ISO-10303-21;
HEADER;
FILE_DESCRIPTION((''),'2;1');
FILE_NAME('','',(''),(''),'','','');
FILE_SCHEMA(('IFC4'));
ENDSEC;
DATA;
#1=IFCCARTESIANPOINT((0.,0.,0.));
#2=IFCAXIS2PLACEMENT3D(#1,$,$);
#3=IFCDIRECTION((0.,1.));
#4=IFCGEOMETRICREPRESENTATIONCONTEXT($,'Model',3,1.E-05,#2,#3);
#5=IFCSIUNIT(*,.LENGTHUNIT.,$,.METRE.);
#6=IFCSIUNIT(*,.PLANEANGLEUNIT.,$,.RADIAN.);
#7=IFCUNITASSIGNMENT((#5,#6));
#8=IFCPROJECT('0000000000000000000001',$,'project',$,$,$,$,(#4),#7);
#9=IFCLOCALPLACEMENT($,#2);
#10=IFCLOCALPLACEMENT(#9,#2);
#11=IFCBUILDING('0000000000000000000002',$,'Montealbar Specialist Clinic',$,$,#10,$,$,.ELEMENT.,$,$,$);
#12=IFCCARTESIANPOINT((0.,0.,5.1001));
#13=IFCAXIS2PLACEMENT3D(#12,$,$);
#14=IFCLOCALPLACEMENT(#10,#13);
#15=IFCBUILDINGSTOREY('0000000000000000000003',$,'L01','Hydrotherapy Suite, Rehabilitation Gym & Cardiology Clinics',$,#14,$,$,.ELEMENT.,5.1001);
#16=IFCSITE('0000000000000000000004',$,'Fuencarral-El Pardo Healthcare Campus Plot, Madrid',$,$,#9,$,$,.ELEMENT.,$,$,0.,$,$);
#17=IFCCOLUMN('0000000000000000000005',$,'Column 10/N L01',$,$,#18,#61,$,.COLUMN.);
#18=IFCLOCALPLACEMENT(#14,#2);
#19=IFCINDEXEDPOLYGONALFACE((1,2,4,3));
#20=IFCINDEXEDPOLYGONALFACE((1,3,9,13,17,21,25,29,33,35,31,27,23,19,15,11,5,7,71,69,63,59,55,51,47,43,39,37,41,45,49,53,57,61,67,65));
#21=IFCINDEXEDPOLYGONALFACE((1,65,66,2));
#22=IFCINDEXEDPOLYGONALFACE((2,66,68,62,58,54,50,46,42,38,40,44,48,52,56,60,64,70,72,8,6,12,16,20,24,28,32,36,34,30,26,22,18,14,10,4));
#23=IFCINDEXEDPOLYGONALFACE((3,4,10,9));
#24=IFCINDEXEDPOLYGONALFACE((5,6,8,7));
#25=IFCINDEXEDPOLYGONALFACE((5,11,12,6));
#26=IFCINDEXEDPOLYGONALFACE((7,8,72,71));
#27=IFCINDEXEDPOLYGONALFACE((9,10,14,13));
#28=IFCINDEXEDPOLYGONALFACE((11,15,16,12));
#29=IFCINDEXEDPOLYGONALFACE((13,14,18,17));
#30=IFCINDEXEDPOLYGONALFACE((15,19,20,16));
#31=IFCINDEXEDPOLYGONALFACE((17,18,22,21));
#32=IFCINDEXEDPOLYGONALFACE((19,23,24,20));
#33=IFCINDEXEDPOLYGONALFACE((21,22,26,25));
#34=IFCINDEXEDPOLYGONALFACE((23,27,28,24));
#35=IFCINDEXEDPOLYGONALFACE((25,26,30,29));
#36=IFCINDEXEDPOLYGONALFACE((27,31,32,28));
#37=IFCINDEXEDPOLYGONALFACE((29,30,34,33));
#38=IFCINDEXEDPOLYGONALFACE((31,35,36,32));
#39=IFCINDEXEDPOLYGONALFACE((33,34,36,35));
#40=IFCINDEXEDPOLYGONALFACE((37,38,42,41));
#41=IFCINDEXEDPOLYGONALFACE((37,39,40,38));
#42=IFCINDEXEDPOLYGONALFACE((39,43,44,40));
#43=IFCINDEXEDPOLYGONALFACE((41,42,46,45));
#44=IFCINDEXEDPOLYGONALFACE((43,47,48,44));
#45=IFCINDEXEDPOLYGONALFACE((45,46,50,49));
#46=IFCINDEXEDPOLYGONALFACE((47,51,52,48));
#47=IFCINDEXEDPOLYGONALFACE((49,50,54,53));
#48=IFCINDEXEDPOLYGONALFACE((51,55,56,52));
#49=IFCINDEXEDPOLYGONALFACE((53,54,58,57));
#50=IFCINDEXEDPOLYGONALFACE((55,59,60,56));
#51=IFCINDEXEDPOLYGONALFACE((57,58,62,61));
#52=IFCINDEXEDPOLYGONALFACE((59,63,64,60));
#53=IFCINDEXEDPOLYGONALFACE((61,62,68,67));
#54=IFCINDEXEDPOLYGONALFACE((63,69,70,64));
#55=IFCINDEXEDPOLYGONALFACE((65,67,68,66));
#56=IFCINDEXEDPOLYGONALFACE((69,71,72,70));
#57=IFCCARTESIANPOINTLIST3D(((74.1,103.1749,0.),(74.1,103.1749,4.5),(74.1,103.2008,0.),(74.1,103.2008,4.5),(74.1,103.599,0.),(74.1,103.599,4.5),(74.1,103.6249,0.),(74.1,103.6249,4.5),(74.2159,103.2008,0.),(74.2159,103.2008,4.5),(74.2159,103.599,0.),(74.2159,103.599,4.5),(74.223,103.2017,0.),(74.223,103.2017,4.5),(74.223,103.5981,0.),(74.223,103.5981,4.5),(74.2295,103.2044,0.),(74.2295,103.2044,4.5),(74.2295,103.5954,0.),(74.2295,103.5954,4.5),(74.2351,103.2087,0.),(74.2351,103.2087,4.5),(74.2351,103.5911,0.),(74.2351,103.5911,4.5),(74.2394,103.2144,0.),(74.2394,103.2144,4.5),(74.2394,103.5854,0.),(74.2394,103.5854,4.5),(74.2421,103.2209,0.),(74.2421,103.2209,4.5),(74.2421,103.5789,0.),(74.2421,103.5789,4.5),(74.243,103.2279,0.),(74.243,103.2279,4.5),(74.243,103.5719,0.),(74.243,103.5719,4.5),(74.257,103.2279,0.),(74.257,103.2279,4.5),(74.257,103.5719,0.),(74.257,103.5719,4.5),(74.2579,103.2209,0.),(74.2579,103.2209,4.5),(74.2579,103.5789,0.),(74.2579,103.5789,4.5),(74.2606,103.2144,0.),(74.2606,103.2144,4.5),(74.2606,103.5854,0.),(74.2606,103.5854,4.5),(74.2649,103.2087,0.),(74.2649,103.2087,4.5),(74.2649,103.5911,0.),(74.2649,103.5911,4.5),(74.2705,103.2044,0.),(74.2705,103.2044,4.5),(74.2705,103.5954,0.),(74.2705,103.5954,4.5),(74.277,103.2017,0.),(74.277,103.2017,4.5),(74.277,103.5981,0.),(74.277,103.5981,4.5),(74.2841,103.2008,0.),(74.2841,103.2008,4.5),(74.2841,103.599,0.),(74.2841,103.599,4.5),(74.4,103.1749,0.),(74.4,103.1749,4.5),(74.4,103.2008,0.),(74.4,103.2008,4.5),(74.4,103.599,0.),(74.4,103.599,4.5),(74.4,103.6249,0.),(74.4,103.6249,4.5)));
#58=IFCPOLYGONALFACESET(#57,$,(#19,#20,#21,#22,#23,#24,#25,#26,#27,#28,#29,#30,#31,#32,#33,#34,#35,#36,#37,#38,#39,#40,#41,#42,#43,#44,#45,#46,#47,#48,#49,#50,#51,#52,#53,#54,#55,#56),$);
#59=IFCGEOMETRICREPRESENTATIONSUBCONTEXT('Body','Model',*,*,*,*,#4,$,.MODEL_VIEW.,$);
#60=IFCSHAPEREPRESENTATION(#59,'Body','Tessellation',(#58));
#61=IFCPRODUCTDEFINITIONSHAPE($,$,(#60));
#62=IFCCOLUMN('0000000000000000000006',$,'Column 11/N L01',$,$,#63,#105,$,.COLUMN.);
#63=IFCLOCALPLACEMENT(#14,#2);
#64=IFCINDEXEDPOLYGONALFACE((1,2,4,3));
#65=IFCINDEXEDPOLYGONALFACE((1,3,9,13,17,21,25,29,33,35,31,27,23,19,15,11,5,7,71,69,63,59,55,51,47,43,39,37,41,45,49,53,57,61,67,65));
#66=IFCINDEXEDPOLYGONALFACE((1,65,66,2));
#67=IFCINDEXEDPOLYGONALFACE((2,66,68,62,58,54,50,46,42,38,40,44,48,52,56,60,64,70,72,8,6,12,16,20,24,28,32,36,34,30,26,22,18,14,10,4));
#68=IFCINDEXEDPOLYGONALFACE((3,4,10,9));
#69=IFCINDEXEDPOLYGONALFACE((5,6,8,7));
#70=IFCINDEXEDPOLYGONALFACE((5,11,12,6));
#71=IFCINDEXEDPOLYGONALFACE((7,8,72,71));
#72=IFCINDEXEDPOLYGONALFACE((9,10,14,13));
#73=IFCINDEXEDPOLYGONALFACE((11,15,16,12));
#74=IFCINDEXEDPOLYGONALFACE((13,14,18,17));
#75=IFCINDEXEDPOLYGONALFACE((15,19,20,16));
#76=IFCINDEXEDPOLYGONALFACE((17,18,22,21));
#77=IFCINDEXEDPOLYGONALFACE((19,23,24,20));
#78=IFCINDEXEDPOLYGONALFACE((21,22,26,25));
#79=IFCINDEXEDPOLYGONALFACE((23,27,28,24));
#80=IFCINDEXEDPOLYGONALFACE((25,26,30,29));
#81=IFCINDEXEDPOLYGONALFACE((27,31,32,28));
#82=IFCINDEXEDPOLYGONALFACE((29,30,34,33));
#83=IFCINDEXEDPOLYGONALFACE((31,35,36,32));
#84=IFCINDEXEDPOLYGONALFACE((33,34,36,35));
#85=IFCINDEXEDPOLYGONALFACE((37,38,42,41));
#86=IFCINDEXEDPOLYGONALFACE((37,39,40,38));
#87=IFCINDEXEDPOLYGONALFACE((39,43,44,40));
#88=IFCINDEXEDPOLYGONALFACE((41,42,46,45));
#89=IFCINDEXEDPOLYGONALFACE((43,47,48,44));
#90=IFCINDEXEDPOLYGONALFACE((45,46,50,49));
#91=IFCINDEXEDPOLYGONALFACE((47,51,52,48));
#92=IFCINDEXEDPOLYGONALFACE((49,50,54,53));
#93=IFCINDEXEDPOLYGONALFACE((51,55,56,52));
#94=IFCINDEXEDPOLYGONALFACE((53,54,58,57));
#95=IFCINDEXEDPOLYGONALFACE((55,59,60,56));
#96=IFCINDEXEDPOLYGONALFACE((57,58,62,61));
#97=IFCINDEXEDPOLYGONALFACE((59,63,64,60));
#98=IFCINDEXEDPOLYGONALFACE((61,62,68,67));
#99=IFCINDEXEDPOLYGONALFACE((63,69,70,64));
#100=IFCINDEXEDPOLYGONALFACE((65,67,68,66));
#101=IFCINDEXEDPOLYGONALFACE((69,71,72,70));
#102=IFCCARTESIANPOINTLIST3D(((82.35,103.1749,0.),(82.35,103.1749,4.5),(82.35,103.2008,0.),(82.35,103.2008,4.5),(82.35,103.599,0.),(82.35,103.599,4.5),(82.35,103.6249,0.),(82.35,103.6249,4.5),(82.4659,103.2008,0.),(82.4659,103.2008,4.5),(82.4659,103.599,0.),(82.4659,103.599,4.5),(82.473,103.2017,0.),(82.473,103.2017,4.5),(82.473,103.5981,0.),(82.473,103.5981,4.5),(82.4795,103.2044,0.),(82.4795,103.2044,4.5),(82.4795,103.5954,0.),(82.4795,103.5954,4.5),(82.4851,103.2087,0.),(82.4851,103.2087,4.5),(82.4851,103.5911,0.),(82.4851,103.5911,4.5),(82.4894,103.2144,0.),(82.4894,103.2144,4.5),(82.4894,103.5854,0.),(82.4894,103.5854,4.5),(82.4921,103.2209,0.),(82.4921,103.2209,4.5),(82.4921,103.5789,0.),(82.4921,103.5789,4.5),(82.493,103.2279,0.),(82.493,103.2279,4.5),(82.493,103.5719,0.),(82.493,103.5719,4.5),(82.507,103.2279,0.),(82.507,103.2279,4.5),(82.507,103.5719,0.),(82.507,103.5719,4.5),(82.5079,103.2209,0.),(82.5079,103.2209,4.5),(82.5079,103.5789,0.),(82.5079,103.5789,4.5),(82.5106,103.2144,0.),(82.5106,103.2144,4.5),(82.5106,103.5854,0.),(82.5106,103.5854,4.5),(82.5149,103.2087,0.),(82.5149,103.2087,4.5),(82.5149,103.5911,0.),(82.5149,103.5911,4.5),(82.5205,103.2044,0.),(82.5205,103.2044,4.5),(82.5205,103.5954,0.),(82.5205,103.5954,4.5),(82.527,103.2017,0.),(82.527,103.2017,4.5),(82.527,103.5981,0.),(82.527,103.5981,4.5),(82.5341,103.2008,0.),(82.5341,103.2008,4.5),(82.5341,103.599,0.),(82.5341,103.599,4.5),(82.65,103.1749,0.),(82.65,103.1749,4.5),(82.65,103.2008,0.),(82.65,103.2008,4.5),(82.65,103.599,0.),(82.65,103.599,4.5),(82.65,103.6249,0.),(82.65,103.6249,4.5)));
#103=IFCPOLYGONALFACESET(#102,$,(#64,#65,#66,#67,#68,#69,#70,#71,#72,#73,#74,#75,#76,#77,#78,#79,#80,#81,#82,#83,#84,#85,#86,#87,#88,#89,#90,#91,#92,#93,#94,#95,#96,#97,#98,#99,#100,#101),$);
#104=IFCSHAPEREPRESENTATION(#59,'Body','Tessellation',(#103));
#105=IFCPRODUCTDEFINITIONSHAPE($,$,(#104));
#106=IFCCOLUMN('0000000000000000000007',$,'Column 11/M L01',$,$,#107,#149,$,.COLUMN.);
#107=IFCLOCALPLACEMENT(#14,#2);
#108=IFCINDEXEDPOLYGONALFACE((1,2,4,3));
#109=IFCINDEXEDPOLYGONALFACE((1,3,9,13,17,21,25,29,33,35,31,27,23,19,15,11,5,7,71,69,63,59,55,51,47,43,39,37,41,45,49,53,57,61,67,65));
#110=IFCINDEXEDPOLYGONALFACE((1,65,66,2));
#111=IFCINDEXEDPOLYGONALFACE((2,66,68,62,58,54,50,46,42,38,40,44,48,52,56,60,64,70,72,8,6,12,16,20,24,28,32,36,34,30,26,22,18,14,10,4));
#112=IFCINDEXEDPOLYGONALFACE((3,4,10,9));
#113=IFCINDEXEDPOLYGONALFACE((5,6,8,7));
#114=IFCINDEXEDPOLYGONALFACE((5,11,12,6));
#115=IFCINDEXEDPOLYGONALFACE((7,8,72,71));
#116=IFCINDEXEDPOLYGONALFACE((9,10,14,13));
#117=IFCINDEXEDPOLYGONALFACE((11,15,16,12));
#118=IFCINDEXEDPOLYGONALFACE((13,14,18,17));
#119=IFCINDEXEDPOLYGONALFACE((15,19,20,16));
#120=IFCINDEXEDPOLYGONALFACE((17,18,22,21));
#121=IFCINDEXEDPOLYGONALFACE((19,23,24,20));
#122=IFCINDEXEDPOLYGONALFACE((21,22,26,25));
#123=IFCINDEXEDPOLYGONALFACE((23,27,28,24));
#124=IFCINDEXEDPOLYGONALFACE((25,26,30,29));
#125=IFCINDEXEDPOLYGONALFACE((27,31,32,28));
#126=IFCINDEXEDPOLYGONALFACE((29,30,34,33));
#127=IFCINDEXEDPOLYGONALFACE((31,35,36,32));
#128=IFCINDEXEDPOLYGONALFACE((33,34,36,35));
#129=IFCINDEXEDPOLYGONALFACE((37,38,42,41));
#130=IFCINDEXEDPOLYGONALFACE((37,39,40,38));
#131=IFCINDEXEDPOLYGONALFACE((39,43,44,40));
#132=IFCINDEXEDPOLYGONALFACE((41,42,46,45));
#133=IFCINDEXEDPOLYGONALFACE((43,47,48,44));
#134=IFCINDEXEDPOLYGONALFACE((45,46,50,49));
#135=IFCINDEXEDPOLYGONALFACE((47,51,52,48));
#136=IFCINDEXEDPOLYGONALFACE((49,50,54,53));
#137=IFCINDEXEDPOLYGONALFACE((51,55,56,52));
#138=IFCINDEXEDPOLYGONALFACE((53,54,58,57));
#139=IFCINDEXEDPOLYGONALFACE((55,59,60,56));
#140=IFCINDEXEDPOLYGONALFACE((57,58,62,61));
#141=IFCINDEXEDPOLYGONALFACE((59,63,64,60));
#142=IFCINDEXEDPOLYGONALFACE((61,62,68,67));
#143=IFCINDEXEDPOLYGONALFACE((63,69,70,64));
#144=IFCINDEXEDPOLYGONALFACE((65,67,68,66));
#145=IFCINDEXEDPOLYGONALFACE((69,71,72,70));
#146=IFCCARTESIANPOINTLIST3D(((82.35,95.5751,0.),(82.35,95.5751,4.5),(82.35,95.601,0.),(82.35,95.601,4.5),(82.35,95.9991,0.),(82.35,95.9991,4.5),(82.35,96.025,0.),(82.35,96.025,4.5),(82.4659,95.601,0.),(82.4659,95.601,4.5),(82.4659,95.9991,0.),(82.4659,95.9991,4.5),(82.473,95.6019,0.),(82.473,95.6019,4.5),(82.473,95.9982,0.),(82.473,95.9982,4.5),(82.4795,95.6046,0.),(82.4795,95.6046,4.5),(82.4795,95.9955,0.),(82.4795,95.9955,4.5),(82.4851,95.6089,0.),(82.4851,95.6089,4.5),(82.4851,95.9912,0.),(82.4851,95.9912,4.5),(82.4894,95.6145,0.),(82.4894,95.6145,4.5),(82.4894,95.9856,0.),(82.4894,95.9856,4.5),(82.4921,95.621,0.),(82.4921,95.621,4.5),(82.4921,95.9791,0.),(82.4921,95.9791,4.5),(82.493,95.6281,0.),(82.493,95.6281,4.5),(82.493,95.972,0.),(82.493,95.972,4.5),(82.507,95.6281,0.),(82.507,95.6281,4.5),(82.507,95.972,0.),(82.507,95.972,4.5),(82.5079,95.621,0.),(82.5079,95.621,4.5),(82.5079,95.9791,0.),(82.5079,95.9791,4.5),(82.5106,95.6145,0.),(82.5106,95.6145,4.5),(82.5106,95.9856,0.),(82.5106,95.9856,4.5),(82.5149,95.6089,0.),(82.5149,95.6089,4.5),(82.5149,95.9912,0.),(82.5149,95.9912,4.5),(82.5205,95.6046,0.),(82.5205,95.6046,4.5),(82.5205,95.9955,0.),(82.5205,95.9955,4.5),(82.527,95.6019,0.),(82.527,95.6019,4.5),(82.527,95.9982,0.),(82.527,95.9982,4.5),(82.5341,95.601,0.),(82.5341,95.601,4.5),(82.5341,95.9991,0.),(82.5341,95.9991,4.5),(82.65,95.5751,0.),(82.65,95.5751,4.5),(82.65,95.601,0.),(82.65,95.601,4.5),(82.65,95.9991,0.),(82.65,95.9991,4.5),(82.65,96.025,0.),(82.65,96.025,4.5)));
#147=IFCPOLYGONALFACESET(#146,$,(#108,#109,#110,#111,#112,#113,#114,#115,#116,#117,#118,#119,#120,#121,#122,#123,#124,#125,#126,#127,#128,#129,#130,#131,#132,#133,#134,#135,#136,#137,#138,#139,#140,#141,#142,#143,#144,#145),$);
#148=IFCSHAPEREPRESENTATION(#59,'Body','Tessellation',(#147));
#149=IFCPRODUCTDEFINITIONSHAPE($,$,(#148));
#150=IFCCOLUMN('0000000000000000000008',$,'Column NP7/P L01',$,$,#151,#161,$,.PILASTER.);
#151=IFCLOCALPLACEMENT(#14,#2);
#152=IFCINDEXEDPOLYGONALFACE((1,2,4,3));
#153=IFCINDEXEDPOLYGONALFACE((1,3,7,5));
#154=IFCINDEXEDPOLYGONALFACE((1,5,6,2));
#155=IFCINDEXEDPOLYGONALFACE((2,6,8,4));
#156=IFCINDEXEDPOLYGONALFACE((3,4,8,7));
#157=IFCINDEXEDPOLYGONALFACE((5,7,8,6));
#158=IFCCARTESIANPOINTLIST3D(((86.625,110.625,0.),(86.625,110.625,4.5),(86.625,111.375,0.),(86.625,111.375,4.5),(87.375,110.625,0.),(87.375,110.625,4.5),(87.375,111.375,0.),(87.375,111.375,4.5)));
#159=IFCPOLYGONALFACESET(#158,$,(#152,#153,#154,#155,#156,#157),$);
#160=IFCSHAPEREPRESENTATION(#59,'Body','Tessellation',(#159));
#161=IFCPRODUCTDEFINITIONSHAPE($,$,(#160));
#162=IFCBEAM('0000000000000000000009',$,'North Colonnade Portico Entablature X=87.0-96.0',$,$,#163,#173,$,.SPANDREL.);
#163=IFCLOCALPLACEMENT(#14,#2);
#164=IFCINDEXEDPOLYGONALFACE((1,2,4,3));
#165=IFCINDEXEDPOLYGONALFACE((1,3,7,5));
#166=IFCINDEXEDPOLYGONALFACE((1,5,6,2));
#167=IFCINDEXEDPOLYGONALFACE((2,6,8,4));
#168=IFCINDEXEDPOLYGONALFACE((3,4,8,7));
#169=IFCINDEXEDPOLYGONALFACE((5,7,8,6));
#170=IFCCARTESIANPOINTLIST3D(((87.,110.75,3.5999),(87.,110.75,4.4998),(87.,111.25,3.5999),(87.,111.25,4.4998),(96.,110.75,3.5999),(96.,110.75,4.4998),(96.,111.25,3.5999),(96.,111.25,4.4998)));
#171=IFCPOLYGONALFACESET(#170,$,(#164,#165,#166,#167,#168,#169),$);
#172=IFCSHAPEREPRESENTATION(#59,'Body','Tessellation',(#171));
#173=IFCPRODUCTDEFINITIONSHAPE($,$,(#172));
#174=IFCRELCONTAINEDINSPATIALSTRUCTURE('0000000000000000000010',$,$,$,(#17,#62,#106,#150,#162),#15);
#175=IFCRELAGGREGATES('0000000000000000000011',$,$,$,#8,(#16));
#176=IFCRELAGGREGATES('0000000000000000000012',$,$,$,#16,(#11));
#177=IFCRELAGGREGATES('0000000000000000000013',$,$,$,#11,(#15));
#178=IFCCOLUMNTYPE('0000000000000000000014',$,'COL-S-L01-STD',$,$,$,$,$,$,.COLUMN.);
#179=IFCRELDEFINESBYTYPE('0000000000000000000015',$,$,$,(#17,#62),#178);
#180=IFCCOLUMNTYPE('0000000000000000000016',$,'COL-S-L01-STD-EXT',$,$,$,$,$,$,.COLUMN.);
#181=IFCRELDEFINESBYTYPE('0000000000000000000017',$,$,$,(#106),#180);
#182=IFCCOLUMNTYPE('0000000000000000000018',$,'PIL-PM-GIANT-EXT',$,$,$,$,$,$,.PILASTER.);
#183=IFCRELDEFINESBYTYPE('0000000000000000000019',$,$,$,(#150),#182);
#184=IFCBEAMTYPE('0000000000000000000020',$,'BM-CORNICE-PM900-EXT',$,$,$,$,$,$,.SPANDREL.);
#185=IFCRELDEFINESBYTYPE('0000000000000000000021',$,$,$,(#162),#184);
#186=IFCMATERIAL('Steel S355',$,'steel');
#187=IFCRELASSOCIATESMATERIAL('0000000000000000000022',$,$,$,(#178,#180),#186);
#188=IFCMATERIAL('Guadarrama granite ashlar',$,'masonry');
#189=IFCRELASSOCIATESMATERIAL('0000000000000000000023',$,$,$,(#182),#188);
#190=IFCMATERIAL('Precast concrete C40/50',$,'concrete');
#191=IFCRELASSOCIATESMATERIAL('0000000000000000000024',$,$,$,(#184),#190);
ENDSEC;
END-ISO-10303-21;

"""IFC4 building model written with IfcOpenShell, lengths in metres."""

from ifc_helpers import new_model, si_unit, direction, frame, origin, origin_2d, place, context, subcontext, project, spatial, rectangle, i_section, extrude, material, material_profile, profile_set, type_object, element, save


model = new_model("IFC4")

# Units and contexts
model_context = context("Model", 3, precision=1e-05, world=origin(), true_north=direction((0.0, 1.0)))
body_context = subcontext(model_context, "Body", "Model", "MODEL_VIEW")
ifc_project = project(units=[si_unit("LENGTHUNIT", "METRE"), si_unit("PLANEANGLEUNIT", "RADIAN")], contexts=[model_context])

# Site, building, storey
site_placement = place(None, origin())
site = spatial("IfcSite", under=ifc_project, at=site_placement, Name="Fuencarral-El Pardo Healthcare Campus Plot, Madrid", CompositionType="ELEMENT", RefElevation=0.0)
building_placement = place(site_placement, origin())
building = spatial("IfcBuilding", under=site, at=building_placement, Name="Montealbar Specialist Clinic", CompositionType="ELEMENT")
storey_placement = place(building_placement, frame((0.0, 0.0, 5.1001)))
storey = spatial("IfcBuildingStorey", under=building, at=storey_placement, Name="L01", Description="Hydrotherapy Suite, Rehabilitation Gym & Cardiology Clinics", CompositionType="ELEMENT", Elevation=5.1001)

# Columns
ifc_material_1 = material(Name="Steel S355", Category="steel")
ifc_material_profile_1 = material_profile(ifc_material_1, i_section(OverallWidth=0.3, OverallDepth=0.45, WebThickness=0.0139, FlangeThickness=0.0259, FilletRadius=0.0271, at=origin_2d()), Name="HEB 450", Category="steel")
ifc_profile_set_1 = profile_set([ifc_material_profile_1], Name="Steel S355")
column_type_1 = type_object("IfcColumnType", Name="COL-S-L01-STD", PredefinedType="COLUMN", material=ifc_profile_set_1)
for number, where, z_axis, x_axis, name in (
    (1, (74.25, 103.3999, 0.0), (0.0, 0.0, 1.0), (1.0, 0.0, 0.0), "Column 10/N L01"),
    (2, (82.5, 103.3999, 0.0), (0.0, 0.0, 1.0), (1.0, 0.0, 0.0), "Column 11/N L01"),
):
    element("IfcColumn", number, at=place(storey_placement, frame(where, z_axis=z_axis, x_axis=x_axis)), inside=storey, type_object=column_type_1, Name=name, PredefinedType="COLUMN", context=body_context, shape_type="SweptSolid", body=[
        extrude(i_section(OverallWidth=0.3, OverallDepth=0.45, WebThickness=0.0139, FlangeThickness=0.0259, FilletRadius=0.0271, at=origin_2d()), origin(), (0.0, 0.0, 1.0), 4.5),
    ])
ifc_material_profile_2 = material_profile(ifc_material_1, i_section(OverallWidth=0.3, OverallDepth=0.45, WebThickness=0.0139, FlangeThickness=0.0259, FilletRadius=0.0271, at=origin_2d()), Name="HEB 450", Category="steel")
ifc_profile_set_2 = profile_set([ifc_material_profile_2], Name="Steel S355")
column_type_2 = type_object("IfcColumnType", Name="COL-S-L01-STD-EXT", PredefinedType="COLUMN", material=ifc_profile_set_2)
column_1_placement = place(storey_placement, frame((82.5, 95.8, 0.0), z_axis=(0.0, 0.0, 1.0), x_axis=(1.0, 0.0, 0.0)))
element("IfcColumn", 3, at=column_1_placement, inside=storey, type_object=column_type_2, Name="Column 11/M L01", PredefinedType="COLUMN", context=body_context, shape_type="SweptSolid", body=[
    extrude(i_section(OverallWidth=0.3, OverallDepth=0.45, WebThickness=0.0139, FlangeThickness=0.0259, FilletRadius=0.0271, at=origin_2d()), origin(), (0.0, 0.0, 1.0), 4.5),
])
ifc_material_2 = material(Name="Guadarrama granite ashlar", Category="masonry")
ifc_material_profile_3 = material_profile(ifc_material_2, rectangle(XDim=0.75, YDim=0.75, at=origin_2d()), Name="GRANITE PILASTER 750x750", Category="masonry")
ifc_profile_set_3 = profile_set([ifc_material_profile_3], Name="Guadarrama granite ashlar")
column_type_3 = type_object("IfcColumnType", Name="PIL-PM-GIANT-EXT", PredefinedType="PILASTER", material=ifc_profile_set_3)
column_2_placement = place(storey_placement, frame((87.0, 111.0, 0.0), z_axis=(0.0, 0.0, 1.0), x_axis=(1.0, 0.0, 0.0)))
element("IfcColumn", 4, at=column_2_placement, inside=storey, type_object=column_type_3, Name="Column NP7/P L01", PredefinedType="PILASTER", context=body_context, shape_type="SweptSolid", body=[
    extrude(rectangle(XDim=0.75, YDim=0.75, at=origin_2d()), origin(), (0.0, 0.0, 1.0), 4.5),
])

# Beam
ifc_material_3 = material(Name="Precast concrete C40/50", Category="concrete")
ifc_material_profile_4 = material_profile(ifc_material_3, rectangle(XDim=0.5, YDim=0.8999, at=origin_2d()), Name="PRECAST CORNICE 500x900", Category="concrete")
ifc_profile_set_4 = profile_set([ifc_material_profile_4], Name="Precast concrete C40/50")
beam_type_1 = type_object("IfcBeamType", Name="BM-CORNICE-PM900-EXT", PredefinedType="SPANDREL", material=ifc_profile_set_4)
beam_1_placement = place(storey_placement, frame((87.0, 111.0, 4.0498), z_axis=(1.0, 0.0, 0.0), x_axis=(0.0, 1.0, 0.0)))
element("IfcBeam", 5, at=beam_1_placement, inside=storey, type_object=beam_type_1, Name="North Colonnade Portico Entablature X=87.0-96.0", PredefinedType="SPANDREL", context=body_context, shape_type="SweptSolid", body=[
    extrude(rectangle(XDim=0.5, YDim=0.8999, at=origin_2d()), origin(), (0.0, 0.0, 1.0), 9.0),
])

save(model, "model.ifc")
